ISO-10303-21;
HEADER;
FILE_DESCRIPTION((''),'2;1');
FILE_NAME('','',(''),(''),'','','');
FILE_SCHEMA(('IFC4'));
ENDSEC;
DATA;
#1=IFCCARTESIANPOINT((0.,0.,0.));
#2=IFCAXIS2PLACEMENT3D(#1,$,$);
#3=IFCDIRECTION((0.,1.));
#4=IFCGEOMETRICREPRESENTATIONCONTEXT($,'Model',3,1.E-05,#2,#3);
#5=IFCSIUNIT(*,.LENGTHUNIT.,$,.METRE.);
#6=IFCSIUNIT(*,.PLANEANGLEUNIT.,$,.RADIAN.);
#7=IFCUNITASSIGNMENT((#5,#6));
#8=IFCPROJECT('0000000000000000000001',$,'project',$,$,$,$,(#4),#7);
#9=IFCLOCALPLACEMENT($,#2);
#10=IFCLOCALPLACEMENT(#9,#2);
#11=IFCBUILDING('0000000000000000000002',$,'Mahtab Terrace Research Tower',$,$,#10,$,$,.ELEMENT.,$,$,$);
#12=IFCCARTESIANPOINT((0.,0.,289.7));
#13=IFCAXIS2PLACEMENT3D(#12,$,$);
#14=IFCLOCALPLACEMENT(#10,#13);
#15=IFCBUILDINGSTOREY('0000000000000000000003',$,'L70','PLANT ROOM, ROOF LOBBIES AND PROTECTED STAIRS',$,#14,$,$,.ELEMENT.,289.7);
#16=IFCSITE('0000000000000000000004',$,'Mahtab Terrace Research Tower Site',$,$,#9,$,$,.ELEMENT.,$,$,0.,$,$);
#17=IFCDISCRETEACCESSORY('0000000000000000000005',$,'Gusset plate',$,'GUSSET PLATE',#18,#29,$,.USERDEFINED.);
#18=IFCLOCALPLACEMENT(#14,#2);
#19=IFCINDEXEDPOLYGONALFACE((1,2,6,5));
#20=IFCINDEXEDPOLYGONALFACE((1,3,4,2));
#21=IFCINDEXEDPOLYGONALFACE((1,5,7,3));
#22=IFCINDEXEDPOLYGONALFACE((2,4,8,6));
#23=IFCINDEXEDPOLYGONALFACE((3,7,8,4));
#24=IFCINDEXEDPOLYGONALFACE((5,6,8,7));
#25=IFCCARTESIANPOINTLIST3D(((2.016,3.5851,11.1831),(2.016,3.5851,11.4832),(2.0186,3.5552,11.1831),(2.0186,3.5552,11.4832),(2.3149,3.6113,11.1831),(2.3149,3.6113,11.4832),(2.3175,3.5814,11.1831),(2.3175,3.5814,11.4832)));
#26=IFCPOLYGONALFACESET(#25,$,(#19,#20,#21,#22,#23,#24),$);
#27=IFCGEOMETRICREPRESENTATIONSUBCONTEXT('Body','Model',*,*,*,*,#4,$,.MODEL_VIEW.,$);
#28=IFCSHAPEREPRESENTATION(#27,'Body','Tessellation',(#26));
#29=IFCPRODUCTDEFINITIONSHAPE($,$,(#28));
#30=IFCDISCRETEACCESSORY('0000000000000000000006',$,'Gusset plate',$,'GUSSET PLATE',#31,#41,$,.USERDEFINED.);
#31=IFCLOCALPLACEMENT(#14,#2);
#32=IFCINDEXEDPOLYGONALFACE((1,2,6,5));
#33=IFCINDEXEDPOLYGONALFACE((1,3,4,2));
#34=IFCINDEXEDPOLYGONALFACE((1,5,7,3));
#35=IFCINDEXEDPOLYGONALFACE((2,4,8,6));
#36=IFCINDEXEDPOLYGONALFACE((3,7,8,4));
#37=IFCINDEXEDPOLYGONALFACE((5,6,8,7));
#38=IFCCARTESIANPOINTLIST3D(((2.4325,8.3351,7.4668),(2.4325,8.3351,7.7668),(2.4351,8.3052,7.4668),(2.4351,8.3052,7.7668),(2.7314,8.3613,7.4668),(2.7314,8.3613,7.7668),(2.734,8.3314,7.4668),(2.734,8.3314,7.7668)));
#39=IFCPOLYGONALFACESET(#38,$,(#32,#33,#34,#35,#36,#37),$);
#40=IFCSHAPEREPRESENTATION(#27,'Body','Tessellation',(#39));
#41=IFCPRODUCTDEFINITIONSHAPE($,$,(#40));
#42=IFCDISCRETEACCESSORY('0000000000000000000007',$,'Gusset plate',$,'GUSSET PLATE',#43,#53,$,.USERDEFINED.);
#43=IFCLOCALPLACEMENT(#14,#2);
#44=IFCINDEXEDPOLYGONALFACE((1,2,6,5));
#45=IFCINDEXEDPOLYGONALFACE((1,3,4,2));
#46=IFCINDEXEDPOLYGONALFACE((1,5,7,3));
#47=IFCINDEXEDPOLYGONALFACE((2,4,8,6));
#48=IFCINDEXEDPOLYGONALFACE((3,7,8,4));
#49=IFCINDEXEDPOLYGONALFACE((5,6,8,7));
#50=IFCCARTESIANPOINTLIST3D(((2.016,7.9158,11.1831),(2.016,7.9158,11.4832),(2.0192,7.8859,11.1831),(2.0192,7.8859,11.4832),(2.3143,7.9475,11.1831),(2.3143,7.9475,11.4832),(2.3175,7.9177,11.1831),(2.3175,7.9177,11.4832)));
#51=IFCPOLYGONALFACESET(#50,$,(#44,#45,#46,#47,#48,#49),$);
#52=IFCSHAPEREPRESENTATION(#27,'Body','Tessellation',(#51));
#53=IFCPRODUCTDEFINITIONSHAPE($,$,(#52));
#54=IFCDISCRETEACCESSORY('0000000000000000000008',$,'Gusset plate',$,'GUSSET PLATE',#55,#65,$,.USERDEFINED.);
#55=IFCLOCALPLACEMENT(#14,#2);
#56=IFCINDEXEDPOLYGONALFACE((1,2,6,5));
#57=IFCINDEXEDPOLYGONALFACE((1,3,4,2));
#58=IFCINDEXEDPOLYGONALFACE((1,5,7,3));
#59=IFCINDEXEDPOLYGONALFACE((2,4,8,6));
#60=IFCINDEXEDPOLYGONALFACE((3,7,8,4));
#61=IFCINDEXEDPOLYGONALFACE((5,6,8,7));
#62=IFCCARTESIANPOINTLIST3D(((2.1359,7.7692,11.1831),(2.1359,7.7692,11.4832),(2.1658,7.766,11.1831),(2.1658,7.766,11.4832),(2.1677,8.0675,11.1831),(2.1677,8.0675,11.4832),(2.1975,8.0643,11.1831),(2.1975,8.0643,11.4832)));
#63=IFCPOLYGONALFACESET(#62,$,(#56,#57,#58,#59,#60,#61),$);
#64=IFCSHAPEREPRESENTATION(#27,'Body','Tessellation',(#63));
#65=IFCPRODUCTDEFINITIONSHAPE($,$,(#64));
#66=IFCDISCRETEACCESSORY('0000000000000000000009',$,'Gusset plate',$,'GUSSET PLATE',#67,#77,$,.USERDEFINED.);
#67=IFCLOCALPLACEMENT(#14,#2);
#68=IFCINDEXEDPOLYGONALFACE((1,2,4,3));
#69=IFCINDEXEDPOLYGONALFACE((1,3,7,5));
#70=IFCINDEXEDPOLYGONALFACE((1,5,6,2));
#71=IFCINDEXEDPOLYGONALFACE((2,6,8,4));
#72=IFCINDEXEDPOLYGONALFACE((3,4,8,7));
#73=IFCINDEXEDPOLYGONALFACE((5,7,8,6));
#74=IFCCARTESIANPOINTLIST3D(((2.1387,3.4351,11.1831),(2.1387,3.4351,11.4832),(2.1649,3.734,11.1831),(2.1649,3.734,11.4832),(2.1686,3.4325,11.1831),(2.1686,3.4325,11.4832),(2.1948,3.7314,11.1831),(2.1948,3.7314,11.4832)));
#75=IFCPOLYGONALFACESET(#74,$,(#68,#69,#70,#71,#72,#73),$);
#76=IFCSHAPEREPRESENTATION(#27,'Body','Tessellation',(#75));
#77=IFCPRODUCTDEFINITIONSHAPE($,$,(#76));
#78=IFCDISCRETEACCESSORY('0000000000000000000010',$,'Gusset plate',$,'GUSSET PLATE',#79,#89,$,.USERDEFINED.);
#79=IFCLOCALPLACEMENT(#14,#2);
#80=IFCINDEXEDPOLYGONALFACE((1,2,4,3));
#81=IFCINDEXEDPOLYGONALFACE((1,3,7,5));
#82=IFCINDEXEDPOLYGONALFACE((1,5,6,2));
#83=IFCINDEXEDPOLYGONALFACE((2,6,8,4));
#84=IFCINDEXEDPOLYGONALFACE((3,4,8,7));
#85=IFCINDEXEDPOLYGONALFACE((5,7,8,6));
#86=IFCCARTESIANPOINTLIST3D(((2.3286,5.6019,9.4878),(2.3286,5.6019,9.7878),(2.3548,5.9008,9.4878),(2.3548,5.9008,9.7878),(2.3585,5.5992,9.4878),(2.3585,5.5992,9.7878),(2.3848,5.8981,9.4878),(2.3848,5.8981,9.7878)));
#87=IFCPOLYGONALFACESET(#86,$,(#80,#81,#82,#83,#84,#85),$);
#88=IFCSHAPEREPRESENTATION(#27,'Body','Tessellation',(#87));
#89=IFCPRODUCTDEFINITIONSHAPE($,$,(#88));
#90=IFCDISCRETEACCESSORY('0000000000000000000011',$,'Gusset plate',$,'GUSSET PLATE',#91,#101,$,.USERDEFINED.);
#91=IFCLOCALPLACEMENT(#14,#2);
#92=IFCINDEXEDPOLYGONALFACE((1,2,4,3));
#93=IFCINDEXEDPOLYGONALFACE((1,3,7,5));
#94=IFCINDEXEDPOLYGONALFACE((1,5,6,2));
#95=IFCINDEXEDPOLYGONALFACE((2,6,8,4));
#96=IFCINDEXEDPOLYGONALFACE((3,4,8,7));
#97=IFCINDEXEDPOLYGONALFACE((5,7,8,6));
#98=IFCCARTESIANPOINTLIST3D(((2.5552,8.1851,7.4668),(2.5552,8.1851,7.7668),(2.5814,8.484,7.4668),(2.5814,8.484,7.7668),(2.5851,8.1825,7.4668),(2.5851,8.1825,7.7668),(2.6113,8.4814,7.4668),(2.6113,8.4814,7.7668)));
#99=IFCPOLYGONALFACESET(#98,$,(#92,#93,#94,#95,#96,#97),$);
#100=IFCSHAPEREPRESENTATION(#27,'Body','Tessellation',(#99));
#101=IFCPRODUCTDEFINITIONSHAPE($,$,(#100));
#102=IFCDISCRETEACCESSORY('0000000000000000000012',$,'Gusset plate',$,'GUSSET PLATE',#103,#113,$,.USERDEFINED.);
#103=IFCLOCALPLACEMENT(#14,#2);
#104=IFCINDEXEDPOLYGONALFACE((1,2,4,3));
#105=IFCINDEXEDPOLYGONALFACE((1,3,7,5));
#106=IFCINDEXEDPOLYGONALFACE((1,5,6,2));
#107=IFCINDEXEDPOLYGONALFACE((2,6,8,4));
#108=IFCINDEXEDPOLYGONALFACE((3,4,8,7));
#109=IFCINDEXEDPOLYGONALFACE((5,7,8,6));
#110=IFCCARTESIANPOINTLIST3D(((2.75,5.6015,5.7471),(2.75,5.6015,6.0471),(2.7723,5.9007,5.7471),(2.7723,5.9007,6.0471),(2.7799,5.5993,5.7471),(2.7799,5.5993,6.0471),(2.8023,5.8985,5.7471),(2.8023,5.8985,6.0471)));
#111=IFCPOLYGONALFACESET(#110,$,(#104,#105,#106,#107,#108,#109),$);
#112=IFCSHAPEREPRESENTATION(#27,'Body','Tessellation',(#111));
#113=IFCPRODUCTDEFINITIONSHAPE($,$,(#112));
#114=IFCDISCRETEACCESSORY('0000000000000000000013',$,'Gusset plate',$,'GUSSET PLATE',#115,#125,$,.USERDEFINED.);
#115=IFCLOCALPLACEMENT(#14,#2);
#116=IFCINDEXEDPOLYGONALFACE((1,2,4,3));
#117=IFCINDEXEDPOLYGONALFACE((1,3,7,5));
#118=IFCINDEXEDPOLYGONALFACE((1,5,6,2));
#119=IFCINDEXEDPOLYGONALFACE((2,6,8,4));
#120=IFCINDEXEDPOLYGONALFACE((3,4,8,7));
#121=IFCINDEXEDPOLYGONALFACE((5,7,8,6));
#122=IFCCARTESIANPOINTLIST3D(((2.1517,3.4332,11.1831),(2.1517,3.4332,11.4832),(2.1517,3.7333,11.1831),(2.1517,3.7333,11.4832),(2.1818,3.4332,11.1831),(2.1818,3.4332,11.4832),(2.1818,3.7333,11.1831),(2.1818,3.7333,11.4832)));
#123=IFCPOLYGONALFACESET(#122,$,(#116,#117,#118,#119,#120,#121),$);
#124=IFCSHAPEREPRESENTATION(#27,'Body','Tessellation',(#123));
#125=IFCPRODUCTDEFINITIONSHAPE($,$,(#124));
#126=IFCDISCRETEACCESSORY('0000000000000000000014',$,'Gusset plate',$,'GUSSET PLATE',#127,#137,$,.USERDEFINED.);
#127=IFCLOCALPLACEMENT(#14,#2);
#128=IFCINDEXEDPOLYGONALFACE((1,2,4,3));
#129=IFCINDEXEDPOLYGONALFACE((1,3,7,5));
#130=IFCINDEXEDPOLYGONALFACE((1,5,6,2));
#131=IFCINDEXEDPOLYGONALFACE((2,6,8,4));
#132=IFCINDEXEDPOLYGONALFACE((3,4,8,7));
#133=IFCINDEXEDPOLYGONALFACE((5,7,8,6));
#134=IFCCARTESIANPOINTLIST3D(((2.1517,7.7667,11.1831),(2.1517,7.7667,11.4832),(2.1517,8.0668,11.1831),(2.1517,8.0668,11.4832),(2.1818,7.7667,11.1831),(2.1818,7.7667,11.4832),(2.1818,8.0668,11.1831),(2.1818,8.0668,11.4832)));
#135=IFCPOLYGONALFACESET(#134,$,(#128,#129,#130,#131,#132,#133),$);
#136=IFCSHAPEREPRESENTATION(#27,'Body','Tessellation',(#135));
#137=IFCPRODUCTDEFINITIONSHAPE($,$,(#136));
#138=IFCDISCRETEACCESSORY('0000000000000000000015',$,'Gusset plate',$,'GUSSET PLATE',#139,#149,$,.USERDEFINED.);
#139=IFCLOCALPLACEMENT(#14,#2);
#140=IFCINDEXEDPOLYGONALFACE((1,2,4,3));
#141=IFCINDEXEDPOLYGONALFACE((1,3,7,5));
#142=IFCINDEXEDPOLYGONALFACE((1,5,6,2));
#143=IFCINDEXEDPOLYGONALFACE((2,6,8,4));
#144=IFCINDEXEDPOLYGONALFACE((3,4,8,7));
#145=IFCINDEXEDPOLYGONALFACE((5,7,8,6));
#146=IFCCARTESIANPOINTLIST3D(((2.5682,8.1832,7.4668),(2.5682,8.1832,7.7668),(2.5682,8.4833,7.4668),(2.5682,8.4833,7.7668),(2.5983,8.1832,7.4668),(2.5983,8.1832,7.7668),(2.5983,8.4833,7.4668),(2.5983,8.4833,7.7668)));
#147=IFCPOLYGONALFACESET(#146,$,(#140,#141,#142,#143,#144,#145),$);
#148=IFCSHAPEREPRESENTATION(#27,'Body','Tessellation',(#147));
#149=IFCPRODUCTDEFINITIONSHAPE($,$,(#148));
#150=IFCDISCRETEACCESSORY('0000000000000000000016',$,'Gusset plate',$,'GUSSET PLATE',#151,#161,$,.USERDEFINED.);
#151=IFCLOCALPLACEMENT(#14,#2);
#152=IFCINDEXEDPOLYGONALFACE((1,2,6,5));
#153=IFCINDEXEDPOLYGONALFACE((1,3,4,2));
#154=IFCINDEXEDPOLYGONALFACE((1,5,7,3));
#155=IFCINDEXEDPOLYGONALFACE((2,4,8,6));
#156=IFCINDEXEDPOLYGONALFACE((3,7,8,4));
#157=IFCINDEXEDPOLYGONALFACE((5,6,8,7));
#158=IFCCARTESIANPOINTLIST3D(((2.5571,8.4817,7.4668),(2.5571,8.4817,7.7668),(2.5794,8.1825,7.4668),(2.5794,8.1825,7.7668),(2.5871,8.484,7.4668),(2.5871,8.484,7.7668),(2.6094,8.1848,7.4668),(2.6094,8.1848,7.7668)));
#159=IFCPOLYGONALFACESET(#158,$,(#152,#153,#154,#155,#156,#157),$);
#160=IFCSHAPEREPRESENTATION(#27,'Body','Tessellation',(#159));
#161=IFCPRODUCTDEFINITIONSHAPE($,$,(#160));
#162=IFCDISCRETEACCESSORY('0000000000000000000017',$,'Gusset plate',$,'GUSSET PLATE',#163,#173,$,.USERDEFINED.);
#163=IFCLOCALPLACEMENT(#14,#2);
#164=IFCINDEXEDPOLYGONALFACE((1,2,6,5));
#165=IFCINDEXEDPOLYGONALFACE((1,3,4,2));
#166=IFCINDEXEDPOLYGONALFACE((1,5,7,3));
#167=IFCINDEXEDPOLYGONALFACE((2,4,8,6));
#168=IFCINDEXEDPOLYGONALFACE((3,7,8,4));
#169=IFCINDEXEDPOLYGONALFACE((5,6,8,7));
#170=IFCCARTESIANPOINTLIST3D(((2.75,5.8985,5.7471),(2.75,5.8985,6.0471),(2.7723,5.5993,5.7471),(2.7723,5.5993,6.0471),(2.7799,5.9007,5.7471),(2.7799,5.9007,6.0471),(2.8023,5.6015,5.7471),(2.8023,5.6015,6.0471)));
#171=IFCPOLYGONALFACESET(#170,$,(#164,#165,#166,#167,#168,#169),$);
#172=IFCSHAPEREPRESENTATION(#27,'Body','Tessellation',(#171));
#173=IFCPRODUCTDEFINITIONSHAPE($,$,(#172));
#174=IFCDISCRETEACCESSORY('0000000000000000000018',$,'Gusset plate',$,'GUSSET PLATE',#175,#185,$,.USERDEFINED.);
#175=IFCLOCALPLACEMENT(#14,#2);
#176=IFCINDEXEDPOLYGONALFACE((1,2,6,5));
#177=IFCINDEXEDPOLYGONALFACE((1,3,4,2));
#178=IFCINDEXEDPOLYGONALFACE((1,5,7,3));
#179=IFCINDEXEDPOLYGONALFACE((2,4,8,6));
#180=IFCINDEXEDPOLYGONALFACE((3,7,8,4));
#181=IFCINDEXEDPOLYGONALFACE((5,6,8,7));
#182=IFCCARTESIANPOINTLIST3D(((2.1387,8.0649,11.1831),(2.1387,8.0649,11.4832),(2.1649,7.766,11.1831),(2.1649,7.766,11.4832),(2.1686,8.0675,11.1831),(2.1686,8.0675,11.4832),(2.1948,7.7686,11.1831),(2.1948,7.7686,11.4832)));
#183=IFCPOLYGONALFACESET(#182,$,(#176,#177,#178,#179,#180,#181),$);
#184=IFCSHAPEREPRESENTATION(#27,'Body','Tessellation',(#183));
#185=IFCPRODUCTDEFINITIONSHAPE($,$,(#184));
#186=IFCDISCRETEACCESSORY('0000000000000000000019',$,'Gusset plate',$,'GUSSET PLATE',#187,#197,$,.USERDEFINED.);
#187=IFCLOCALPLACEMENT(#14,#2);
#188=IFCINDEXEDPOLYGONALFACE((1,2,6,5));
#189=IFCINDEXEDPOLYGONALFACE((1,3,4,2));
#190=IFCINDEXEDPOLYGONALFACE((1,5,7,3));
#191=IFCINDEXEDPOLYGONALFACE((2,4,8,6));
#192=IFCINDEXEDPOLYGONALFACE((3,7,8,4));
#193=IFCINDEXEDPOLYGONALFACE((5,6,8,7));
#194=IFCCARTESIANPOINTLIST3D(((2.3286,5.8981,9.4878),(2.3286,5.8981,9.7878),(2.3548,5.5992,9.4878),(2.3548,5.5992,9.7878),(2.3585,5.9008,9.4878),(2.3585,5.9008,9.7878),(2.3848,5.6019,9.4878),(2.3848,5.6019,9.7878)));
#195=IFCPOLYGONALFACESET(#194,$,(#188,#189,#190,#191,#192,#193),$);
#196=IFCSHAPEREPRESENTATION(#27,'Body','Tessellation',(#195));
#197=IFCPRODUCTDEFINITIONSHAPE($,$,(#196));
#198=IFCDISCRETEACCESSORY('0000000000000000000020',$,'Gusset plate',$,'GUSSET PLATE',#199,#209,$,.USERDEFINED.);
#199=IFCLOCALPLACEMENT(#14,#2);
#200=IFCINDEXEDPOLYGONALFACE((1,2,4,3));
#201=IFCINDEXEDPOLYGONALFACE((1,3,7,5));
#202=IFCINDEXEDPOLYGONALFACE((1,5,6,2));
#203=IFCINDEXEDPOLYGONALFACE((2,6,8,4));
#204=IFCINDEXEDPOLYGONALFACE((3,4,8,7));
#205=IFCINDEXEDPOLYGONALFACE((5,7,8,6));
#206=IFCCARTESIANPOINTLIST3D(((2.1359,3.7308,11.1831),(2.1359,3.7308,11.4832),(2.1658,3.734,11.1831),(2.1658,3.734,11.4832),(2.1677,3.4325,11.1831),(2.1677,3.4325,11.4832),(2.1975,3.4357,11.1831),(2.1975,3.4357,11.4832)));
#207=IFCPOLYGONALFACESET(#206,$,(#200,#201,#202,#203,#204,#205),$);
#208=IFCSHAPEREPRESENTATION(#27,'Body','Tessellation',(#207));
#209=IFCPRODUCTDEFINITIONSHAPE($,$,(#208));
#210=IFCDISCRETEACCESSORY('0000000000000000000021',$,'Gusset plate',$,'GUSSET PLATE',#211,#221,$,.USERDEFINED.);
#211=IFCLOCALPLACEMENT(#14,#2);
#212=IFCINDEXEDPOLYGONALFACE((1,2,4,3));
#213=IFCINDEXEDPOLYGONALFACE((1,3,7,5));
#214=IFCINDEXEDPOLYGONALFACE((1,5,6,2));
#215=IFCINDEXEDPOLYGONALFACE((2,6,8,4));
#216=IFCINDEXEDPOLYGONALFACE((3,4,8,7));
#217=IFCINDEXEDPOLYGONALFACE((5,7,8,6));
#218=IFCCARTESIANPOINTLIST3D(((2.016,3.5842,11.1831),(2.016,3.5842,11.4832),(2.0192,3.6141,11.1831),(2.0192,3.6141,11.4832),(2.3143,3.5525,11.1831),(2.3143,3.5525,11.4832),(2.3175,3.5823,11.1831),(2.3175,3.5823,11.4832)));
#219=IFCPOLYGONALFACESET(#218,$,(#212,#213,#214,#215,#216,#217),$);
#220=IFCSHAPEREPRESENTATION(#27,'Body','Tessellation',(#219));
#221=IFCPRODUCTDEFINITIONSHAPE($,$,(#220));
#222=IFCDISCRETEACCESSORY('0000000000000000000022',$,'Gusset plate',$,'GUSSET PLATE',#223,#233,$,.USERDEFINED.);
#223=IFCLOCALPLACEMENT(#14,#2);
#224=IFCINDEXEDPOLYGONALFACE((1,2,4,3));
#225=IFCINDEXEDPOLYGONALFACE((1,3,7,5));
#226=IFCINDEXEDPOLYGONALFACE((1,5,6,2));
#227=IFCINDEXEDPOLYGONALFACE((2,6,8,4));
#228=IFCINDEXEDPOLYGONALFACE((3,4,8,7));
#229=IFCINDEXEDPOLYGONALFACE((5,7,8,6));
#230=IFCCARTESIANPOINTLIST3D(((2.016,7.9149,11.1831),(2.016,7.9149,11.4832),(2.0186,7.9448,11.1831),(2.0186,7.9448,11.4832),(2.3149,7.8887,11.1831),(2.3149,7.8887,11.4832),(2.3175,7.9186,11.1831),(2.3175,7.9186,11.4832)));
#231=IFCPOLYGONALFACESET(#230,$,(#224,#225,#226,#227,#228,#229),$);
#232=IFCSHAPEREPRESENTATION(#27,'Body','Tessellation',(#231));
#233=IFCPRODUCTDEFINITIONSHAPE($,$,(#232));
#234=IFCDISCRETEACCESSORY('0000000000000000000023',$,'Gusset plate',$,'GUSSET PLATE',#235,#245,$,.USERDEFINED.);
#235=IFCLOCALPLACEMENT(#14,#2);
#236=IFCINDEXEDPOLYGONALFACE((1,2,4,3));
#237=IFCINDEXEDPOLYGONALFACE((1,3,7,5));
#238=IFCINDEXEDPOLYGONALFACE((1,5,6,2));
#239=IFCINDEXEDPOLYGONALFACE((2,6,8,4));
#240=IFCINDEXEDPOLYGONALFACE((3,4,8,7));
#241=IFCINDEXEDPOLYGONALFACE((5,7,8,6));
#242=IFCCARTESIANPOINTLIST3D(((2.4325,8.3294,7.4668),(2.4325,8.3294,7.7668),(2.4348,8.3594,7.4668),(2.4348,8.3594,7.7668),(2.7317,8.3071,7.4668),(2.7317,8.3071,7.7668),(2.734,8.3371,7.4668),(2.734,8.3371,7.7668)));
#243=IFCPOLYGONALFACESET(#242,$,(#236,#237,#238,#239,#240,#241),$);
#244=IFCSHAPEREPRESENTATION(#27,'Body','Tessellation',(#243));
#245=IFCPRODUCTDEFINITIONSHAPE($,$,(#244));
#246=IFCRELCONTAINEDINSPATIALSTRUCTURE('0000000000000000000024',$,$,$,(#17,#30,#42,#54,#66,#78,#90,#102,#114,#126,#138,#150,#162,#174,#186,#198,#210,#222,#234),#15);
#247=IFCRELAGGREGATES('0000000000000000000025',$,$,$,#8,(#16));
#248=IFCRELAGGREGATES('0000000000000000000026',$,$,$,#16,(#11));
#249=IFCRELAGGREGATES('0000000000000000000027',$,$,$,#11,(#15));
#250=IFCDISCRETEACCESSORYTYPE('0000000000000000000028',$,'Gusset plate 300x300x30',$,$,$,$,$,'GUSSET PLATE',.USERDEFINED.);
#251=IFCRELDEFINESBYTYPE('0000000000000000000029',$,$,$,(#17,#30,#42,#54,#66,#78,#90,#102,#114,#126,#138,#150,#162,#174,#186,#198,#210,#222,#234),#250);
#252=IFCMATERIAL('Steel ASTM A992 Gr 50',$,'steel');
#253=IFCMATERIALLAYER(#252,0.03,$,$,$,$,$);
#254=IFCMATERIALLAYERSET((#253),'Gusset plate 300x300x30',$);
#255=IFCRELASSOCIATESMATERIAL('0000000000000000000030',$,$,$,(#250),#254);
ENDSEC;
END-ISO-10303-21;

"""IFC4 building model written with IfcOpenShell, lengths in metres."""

from ifc_helpers import new_model, si_unit, direction, frame, origin, origin_2d, place, context, subcontext, project, spatial, rectangle, extrude, material, layer, layer_set, type_object, element, save


model = new_model("IFC4")

# Units and contexts
model_context = context("Model", 3, precision=1e-05, world=origin(), true_north=direction((0.0, 1.0)))
body_context = subcontext(model_context, "Body", "Model", "MODEL_VIEW")
ifc_project = project(units=[si_unit("LENGTHUNIT", "METRE"), si_unit("PLANEANGLEUNIT", "RADIAN")], contexts=[model_context])

# Site, building, storey
site_placement = place(None, origin())
site = spatial("IfcSite", under=ifc_project, at=site_placement, Name="Mahtab Terrace Research Tower Site", CompositionType="ELEMENT", RefElevation=0.0)
building_placement = place(site_placement, origin())
building = spatial("IfcBuilding", under=site, at=building_placement, Name="Mahtab Terrace Research Tower", CompositionType="ELEMENT")
storey_placement = place(building_placement, frame((0.0, 0.0, 289.7)))
storey = spatial("IfcBuildingStorey", under=building, at=storey_placement, Name="L70", Description="PLANT ROOM, ROOF LOBBIES AND PROTECTED STAIRS", CompositionType="ELEMENT", Elevation=289.7)

# Discrete accessories
ifc_material_1 = material(Name="Steel ASTM A992 Gr 50", Category="steel")
ifc_layer_1 = layer(ifc_material_1, 0.03)
ifc_layer_set_1 = layer_set([ifc_layer_1], Name="Gusset plate 300x300x30")
discrete_accessory_type = type_object("IfcDiscreteAccessoryType", Name="Gusset plate 300x300x30", ElementType="GUSSET PLATE", PredefinedType="USERDEFINED", material=ifc_layer_set_1)
for number, where, z_axis, x_axis, name in (
    (1, (2.1667, 3.5833, 11.1831), (0.0, 0.0, 1.0), (0.996175, 0.087382, 0.0), "Gusset plate"),
    (2, (2.5833, 8.3333, 7.4668), (0.0, 0.0, 1.0), (0.996175, 0.087382, 0.0), "Gusset plate"),
    (3, (2.1667, 7.9167, 11.1831), (0.0, 0.0, 1.0), (0.99439, 0.105778, 0.0), "Gusset plate"),
    (4, (2.1667, 7.9167, 11.1831), (0.0, 0.0, 1.0), (0.105778, 0.99439, 0.0), "Gusset plate"),
    (5, (2.1667, 3.5833, 11.1831), (0.0, 0.0, 1.0), (0.087364, 0.996176, 0.0), "Gusset plate"),
    (6, (2.3567, 5.75, 9.4878), (0.0, 0.0, 1.0), (0.087399, 0.996173, 0.0), "Gusset plate"),
    (7, (2.5833, 8.3333, 7.4668), (0.0, 0.0, 1.0), (0.087399, 0.996173, 0.0), "Gusset plate"),
    (8, (2.7761, 5.75, 5.7471), (0.0, 0.0, 1.0), (0.074422, 0.997227, 0.0), "Gusset plate"),
    (9, (2.1667, 3.5833, 11.1831), (0.0, 0.0, 1.0), (0.0, 1.0, 0.0), "Gusset plate"),
    (10, (2.1667, 7.9167, 11.1831), (0.0, 0.0, 1.0), (0.0, 1.0, 0.0), "Gusset plate"),
    (11, (2.5833, 8.3333, 7.4668), (0.0, 0.0, 1.0), (0.0, 1.0, 0.0), "Gusset plate"),
    (12, (2.5833, 8.3333, 7.4668), (0.0, 0.0, 1.0), (-0.074422, 0.997227, 0.0), "Gusset plate"),
    (13, (2.7761, 5.75, 5.7471), (0.0, 0.0, 1.0), (-0.074422, 0.997227, 0.0), "Gusset plate"),
    (14, (2.1667, 7.9167, 11.1831), (0.0, 0.0, 1.0), (-0.087382, 0.996175, 0.0), "Gusset plate"),
    (15, (2.3567, 5.75, 9.4878), (0.0, 0.0, 1.0), (-0.087382, 0.996175, 0.0), "Gusset plate"),
    (16, (2.1667, 3.5833, 11.1831), (0.0, 0.0, 1.0), (-0.105778, 0.99439, 0.0), "Gusset plate"),
    (17, (2.1667, 3.5833, 11.1831), (0.0, 0.0, 1.0), (-0.99439, 0.105778, 0.0), "Gusset plate"),
    (18, (2.1667, 7.9167, 11.1831), (0.0, 0.0, 1.0), (-0.996176, 0.087364, 0.0), "Gusset plate"),
    (19, (2.5833, 8.3333, 7.4668), (0.0, 0.0, 1.0), (-0.997228, 0.074404, 0.0), "Gusset plate"),
):
    element("IfcDiscreteAccessory", number, at=place(storey_placement, frame(where, z_axis=z_axis, x_axis=x_axis)), inside=storey, type_object=discrete_accessory_type, Name=name, ObjectType="GUSSET PLATE", PredefinedType="USERDEFINED", context=body_context, shape_type="SweptSolid", body=[
        extrude(rectangle(XDim=0.3, YDim=0.03, at=origin_2d()), origin(), (0.0, 0.0, 1.0), 0.3),
    ])

save(model, "model.ifc")
